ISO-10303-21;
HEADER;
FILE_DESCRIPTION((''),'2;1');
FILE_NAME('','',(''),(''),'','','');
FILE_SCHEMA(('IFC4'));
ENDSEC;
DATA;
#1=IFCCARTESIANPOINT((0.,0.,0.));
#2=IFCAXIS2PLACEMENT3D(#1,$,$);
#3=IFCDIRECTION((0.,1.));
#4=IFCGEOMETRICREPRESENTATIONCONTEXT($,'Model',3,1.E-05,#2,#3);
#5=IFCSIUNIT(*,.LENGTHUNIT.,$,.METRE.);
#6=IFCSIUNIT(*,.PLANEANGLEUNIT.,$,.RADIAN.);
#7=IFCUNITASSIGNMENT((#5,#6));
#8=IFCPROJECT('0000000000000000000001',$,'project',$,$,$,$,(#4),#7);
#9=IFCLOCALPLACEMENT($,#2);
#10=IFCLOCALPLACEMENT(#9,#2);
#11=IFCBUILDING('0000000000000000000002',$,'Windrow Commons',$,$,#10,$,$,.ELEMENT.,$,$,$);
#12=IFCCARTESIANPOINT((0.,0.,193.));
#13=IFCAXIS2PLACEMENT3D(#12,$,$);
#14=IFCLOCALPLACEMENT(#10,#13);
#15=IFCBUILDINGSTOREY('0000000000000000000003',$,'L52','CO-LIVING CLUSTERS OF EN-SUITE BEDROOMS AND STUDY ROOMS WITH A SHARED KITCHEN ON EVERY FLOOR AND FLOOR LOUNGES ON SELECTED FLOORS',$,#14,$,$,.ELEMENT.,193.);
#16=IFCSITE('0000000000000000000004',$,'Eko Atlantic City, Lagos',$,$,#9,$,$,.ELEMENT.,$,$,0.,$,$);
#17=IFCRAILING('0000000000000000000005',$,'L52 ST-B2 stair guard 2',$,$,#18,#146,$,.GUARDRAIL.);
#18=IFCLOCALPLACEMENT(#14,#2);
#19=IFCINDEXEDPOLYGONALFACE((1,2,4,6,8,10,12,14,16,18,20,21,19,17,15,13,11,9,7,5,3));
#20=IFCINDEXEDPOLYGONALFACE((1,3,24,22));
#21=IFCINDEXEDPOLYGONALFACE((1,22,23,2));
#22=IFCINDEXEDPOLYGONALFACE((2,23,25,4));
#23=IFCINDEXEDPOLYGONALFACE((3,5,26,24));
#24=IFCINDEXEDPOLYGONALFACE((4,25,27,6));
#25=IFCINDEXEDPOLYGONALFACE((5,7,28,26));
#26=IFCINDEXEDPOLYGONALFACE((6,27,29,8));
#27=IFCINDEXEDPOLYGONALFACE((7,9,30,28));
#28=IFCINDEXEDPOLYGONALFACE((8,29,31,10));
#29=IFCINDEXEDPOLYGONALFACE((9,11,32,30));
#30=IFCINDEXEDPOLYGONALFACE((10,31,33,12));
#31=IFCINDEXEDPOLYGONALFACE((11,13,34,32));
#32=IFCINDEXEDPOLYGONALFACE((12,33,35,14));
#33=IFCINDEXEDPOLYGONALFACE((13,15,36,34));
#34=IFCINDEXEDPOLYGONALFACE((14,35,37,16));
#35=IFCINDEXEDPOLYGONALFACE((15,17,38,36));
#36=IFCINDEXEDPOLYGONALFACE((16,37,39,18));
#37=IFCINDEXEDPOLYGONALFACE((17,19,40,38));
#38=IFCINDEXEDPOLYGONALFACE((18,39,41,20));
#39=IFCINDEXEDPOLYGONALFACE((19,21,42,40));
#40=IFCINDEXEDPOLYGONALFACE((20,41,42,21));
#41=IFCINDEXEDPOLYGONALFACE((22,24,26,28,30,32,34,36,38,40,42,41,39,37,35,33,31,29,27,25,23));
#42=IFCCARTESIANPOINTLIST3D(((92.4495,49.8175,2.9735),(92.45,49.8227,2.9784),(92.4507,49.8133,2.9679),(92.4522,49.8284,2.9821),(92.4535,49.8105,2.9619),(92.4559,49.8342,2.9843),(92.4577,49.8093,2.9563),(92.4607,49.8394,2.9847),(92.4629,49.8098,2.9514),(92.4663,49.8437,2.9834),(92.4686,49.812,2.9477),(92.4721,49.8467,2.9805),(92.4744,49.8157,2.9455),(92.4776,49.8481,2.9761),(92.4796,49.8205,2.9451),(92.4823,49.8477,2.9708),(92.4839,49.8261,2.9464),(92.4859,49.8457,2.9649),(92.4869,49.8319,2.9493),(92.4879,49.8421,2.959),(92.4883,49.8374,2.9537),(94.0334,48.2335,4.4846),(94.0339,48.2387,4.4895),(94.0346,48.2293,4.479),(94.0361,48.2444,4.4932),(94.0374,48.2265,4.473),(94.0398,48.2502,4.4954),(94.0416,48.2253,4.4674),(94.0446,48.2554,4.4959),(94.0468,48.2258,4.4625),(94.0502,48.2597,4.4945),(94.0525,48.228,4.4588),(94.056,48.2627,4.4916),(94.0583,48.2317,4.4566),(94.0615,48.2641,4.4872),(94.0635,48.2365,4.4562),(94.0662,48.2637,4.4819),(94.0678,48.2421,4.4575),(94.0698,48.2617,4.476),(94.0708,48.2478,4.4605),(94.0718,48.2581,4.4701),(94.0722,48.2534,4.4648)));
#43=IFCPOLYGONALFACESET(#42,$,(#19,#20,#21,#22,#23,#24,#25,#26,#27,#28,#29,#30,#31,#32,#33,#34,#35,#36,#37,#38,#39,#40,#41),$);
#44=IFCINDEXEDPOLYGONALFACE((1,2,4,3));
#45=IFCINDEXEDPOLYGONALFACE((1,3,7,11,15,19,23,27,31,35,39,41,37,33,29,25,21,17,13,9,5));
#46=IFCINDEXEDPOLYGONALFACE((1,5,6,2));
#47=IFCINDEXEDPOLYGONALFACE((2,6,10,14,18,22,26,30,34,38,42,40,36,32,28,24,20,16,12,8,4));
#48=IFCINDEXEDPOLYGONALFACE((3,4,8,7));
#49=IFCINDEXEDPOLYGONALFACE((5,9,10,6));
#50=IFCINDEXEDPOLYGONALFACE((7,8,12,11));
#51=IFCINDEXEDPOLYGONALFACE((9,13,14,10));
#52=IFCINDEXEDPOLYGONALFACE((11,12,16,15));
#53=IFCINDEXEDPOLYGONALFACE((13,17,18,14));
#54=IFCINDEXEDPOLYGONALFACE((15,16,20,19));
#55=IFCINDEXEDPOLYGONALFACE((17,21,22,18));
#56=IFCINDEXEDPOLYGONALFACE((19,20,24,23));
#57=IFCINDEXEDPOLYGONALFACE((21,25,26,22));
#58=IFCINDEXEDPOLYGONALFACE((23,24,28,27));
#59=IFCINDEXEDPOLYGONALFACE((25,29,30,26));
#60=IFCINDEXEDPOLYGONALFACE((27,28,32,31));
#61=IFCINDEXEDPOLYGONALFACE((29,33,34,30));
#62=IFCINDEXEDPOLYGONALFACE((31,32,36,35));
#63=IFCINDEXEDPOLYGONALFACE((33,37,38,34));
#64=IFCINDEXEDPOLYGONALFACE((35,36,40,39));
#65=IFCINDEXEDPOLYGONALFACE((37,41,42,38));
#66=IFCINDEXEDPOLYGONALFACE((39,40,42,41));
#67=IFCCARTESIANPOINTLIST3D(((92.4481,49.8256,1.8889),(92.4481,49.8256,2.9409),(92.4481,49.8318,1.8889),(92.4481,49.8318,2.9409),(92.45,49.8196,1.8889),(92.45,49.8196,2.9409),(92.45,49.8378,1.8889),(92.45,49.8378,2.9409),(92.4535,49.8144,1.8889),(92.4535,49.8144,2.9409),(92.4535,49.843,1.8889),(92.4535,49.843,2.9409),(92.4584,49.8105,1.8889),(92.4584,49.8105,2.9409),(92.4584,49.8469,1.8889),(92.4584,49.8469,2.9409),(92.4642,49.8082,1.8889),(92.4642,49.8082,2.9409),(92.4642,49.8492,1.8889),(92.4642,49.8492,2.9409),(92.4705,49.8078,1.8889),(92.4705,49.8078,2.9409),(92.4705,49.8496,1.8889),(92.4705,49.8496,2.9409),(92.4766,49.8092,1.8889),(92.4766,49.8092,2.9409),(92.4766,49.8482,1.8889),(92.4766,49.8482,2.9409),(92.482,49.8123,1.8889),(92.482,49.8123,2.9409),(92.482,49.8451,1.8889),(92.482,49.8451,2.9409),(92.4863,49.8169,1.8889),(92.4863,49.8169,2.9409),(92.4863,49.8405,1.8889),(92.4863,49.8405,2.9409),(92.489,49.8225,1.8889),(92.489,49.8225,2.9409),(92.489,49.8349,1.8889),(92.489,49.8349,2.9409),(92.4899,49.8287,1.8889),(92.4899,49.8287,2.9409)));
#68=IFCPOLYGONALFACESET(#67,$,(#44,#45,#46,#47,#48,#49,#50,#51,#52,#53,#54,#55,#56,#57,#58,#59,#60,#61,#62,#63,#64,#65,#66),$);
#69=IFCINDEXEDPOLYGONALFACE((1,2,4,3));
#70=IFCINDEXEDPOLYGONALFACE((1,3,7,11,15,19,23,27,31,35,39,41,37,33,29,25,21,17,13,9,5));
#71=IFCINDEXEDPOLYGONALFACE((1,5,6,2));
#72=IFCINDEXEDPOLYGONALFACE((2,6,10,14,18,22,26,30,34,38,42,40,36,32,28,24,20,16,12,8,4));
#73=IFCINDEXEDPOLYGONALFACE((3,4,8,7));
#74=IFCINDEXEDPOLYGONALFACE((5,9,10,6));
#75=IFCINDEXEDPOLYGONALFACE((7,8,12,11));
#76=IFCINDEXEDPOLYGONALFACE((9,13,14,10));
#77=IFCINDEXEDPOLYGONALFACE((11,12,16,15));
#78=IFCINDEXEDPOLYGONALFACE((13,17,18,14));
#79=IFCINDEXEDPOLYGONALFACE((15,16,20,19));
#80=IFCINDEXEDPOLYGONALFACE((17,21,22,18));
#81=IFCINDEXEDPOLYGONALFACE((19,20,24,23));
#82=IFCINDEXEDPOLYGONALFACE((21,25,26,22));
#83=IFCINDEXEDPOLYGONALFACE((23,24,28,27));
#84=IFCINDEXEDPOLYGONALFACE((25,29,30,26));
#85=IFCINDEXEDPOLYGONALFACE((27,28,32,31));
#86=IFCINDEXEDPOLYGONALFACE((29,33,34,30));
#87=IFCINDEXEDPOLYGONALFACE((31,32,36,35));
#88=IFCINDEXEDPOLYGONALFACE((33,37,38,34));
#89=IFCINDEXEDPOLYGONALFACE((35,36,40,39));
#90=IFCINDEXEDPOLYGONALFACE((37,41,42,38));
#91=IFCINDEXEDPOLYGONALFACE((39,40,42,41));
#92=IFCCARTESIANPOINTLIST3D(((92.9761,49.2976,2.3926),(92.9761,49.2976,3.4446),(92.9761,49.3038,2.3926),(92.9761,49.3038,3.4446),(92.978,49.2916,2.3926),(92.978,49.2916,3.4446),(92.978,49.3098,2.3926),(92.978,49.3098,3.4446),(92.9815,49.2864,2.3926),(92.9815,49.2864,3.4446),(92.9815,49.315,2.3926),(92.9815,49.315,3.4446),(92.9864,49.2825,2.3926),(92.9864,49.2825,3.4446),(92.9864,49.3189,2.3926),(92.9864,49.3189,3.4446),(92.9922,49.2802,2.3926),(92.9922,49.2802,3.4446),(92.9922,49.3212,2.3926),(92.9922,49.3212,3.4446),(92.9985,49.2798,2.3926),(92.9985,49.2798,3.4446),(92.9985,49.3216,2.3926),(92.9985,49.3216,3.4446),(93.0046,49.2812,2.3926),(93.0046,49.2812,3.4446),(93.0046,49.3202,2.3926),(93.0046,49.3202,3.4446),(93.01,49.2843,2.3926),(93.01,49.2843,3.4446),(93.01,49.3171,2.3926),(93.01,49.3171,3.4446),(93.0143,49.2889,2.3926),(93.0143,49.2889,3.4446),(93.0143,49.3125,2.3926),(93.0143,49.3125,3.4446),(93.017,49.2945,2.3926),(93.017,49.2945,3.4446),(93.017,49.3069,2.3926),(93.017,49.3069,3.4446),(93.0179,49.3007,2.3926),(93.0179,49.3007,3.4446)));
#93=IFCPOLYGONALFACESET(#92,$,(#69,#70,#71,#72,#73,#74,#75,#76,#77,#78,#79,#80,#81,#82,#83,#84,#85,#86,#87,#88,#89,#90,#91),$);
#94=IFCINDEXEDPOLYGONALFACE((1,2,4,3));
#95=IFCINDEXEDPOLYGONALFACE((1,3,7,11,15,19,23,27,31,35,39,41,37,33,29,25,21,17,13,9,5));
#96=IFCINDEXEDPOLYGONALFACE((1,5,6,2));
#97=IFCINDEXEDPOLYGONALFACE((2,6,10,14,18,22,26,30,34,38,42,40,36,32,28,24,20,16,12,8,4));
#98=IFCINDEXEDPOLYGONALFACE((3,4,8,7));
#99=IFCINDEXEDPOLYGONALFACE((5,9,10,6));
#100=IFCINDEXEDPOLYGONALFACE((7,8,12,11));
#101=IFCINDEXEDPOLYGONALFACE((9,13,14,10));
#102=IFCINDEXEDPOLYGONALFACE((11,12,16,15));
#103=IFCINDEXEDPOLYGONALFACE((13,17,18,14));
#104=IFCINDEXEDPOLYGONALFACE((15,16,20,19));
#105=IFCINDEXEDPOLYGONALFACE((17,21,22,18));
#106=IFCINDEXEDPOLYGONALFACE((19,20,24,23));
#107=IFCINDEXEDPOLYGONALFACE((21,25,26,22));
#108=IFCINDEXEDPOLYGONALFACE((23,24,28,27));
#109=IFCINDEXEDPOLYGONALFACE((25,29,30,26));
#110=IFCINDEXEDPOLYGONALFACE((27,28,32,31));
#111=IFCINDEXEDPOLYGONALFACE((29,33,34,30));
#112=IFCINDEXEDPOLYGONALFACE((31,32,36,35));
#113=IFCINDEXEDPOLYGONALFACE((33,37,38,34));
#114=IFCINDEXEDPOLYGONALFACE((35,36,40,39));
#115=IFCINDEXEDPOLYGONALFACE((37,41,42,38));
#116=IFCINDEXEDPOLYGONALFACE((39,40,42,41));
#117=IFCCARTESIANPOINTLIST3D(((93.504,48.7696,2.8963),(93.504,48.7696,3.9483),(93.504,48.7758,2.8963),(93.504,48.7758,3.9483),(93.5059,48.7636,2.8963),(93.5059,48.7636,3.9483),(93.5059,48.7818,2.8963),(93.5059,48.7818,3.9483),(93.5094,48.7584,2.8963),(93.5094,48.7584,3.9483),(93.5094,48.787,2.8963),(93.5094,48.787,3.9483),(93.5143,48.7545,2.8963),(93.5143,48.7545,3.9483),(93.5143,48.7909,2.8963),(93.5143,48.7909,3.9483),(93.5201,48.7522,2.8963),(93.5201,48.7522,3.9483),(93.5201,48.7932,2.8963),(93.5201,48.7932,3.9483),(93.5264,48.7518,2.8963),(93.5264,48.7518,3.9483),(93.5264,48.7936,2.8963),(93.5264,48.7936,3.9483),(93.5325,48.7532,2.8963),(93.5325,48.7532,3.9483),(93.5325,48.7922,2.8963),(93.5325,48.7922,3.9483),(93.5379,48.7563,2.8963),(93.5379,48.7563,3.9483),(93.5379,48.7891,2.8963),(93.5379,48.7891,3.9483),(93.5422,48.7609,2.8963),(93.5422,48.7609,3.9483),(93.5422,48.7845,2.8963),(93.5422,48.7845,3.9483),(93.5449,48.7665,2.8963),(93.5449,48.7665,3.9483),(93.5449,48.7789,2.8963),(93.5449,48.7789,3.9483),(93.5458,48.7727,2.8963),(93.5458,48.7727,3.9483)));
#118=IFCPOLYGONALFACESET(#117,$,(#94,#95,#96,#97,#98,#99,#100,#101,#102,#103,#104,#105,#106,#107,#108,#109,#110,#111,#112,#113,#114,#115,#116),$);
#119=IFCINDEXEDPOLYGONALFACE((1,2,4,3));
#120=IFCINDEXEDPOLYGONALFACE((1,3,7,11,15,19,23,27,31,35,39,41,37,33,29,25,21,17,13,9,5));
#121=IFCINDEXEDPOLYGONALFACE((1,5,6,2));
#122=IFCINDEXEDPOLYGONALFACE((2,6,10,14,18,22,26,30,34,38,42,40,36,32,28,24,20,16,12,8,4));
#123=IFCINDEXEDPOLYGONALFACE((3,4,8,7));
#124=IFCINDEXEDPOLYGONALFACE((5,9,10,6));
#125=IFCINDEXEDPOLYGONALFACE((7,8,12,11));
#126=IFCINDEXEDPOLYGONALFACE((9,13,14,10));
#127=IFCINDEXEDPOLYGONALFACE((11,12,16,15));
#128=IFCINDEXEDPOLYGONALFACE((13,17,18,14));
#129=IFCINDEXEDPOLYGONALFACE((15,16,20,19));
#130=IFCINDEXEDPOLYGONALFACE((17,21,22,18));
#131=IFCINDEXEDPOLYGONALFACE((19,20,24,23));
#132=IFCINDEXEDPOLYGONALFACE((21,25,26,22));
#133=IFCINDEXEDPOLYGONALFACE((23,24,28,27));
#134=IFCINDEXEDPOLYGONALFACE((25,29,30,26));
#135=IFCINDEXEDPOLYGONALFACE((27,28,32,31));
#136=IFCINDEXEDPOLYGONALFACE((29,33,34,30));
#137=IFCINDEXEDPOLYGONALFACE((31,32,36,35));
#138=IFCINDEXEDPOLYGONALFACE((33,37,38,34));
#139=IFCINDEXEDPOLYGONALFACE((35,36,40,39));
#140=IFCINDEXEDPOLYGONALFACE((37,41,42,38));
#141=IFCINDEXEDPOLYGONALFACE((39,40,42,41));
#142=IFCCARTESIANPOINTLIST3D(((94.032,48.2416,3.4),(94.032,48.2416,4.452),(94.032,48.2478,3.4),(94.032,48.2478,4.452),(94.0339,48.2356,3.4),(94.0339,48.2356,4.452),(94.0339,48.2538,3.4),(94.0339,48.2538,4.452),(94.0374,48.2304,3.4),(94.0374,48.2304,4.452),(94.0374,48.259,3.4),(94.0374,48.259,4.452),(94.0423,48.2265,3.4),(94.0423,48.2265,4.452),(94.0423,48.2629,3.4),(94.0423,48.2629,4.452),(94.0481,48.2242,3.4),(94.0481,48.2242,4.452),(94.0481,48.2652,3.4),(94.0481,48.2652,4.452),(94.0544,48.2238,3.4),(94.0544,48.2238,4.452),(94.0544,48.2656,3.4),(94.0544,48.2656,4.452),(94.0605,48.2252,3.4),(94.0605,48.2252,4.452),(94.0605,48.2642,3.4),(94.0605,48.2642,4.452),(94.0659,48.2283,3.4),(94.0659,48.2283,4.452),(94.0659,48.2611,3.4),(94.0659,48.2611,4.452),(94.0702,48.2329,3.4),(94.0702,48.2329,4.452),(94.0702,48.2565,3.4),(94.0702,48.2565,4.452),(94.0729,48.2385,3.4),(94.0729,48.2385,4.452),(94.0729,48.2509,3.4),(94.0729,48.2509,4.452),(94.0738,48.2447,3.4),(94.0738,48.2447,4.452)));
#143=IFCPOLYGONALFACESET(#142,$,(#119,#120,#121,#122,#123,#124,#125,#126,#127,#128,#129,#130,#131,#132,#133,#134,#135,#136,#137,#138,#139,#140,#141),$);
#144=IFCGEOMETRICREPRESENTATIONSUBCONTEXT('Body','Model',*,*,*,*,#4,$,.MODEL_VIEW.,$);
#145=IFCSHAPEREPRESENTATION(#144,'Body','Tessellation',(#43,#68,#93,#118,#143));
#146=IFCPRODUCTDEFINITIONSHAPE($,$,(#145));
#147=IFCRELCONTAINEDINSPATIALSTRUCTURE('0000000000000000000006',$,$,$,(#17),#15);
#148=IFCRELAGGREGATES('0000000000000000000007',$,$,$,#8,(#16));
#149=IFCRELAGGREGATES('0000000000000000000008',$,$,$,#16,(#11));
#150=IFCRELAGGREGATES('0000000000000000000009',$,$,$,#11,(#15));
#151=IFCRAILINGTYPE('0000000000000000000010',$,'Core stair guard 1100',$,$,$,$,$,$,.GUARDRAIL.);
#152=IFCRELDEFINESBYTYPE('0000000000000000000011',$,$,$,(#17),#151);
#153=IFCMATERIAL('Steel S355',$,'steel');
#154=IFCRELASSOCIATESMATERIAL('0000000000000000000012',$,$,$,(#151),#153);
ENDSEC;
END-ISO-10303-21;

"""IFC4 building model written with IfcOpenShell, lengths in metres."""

from ifc_helpers import new_model, si_unit, direction, frame, origin, origin_2d, place, context, subcontext, project, spatial, circle, extrude, material, type_object, element, save


model = new_model("IFC4")

# Units and contexts
model_context = context("Model", 3, precision=1e-05, world=origin(), true_north=direction((0.0, 1.0)))
body_context = subcontext(model_context, "Body", "Model", "MODEL_VIEW")
ifc_project = project(units=[si_unit("LENGTHUNIT", "METRE"), si_unit("PLANEANGLEUNIT", "RADIAN")], contexts=[model_context])

# Site, building, storey
site_placement = place(None, origin())
site = spatial("IfcSite", under=ifc_project, at=site_placement, Name="Eko Atlantic City, Lagos", CompositionType="ELEMENT", RefElevation=0.0)
building_placement = place(site_placement, origin())
building = spatial("IfcBuilding", under=site, at=building_placement, Name="Windrow Commons", CompositionType="ELEMENT")
storey_placement = place(building_placement, frame((0.0, 0.0, 193.0)))
storey = spatial("IfcBuildingStorey", under=building, at=storey_placement, Name="L52", Description="CO-LIVING CLUSTERS OF EN-SUITE BEDROOMS AND STUDY ROOMS WITH A SHARED KITCHEN ON EVERY FLOOR AND FLOOR LOUNGES ON SELECTED FLOORS", CompositionType="ELEMENT", Elevation=193.0)

# Railing
ifc_material_1 = material(Name="Steel S355", Category="steel")
railing_type_1 = type_object("IfcRailingType", Name="Core stair guard 1100", PredefinedType="GUARDRAIL", material=ifc_material_1)
railing_1_placement = place(storey_placement, frame((92.4689, 49.8287, 1.8889)))
element("IfcRailing", 1, at=railing_1_placement, inside=storey, type_object=railing_type_1, Name="L52 ST-B2 stair guard 2", PredefinedType="GUARDRAIL", context=body_context, shape_type="SweptSolid", body=[
    extrude(circle(Radius=0.024, at=origin_2d()), frame((0.0, 0.0, 1.076), z_axis=(0.586179, -0.586216, 0.559237), x_axis=(0.707129, 0.707084, 0.0)), (0.0, 0.0, 1.0), 2.7021),
    extrude(circle(Radius=0.021, at=origin_2d()), origin(), (0.0, 0.0, 1.0), 1.052),
    extrude(circle(Radius=0.021, at=origin_2d()), frame((0.528, -0.528, 0.5037)), (0.0, 0.0, 1.0), 1.052),
    extrude(circle(Radius=0.021, at=origin_2d()), frame((1.0559, -1.056, 1.0074)), (0.0, 0.0, 1.0), 1.052),
    extrude(circle(Radius=0.021, at=origin_2d()), frame((1.5839, -1.584, 1.5111)), (0.0, 0.0, 1.0), 1.052),
])

save(model, "model.ifc")
